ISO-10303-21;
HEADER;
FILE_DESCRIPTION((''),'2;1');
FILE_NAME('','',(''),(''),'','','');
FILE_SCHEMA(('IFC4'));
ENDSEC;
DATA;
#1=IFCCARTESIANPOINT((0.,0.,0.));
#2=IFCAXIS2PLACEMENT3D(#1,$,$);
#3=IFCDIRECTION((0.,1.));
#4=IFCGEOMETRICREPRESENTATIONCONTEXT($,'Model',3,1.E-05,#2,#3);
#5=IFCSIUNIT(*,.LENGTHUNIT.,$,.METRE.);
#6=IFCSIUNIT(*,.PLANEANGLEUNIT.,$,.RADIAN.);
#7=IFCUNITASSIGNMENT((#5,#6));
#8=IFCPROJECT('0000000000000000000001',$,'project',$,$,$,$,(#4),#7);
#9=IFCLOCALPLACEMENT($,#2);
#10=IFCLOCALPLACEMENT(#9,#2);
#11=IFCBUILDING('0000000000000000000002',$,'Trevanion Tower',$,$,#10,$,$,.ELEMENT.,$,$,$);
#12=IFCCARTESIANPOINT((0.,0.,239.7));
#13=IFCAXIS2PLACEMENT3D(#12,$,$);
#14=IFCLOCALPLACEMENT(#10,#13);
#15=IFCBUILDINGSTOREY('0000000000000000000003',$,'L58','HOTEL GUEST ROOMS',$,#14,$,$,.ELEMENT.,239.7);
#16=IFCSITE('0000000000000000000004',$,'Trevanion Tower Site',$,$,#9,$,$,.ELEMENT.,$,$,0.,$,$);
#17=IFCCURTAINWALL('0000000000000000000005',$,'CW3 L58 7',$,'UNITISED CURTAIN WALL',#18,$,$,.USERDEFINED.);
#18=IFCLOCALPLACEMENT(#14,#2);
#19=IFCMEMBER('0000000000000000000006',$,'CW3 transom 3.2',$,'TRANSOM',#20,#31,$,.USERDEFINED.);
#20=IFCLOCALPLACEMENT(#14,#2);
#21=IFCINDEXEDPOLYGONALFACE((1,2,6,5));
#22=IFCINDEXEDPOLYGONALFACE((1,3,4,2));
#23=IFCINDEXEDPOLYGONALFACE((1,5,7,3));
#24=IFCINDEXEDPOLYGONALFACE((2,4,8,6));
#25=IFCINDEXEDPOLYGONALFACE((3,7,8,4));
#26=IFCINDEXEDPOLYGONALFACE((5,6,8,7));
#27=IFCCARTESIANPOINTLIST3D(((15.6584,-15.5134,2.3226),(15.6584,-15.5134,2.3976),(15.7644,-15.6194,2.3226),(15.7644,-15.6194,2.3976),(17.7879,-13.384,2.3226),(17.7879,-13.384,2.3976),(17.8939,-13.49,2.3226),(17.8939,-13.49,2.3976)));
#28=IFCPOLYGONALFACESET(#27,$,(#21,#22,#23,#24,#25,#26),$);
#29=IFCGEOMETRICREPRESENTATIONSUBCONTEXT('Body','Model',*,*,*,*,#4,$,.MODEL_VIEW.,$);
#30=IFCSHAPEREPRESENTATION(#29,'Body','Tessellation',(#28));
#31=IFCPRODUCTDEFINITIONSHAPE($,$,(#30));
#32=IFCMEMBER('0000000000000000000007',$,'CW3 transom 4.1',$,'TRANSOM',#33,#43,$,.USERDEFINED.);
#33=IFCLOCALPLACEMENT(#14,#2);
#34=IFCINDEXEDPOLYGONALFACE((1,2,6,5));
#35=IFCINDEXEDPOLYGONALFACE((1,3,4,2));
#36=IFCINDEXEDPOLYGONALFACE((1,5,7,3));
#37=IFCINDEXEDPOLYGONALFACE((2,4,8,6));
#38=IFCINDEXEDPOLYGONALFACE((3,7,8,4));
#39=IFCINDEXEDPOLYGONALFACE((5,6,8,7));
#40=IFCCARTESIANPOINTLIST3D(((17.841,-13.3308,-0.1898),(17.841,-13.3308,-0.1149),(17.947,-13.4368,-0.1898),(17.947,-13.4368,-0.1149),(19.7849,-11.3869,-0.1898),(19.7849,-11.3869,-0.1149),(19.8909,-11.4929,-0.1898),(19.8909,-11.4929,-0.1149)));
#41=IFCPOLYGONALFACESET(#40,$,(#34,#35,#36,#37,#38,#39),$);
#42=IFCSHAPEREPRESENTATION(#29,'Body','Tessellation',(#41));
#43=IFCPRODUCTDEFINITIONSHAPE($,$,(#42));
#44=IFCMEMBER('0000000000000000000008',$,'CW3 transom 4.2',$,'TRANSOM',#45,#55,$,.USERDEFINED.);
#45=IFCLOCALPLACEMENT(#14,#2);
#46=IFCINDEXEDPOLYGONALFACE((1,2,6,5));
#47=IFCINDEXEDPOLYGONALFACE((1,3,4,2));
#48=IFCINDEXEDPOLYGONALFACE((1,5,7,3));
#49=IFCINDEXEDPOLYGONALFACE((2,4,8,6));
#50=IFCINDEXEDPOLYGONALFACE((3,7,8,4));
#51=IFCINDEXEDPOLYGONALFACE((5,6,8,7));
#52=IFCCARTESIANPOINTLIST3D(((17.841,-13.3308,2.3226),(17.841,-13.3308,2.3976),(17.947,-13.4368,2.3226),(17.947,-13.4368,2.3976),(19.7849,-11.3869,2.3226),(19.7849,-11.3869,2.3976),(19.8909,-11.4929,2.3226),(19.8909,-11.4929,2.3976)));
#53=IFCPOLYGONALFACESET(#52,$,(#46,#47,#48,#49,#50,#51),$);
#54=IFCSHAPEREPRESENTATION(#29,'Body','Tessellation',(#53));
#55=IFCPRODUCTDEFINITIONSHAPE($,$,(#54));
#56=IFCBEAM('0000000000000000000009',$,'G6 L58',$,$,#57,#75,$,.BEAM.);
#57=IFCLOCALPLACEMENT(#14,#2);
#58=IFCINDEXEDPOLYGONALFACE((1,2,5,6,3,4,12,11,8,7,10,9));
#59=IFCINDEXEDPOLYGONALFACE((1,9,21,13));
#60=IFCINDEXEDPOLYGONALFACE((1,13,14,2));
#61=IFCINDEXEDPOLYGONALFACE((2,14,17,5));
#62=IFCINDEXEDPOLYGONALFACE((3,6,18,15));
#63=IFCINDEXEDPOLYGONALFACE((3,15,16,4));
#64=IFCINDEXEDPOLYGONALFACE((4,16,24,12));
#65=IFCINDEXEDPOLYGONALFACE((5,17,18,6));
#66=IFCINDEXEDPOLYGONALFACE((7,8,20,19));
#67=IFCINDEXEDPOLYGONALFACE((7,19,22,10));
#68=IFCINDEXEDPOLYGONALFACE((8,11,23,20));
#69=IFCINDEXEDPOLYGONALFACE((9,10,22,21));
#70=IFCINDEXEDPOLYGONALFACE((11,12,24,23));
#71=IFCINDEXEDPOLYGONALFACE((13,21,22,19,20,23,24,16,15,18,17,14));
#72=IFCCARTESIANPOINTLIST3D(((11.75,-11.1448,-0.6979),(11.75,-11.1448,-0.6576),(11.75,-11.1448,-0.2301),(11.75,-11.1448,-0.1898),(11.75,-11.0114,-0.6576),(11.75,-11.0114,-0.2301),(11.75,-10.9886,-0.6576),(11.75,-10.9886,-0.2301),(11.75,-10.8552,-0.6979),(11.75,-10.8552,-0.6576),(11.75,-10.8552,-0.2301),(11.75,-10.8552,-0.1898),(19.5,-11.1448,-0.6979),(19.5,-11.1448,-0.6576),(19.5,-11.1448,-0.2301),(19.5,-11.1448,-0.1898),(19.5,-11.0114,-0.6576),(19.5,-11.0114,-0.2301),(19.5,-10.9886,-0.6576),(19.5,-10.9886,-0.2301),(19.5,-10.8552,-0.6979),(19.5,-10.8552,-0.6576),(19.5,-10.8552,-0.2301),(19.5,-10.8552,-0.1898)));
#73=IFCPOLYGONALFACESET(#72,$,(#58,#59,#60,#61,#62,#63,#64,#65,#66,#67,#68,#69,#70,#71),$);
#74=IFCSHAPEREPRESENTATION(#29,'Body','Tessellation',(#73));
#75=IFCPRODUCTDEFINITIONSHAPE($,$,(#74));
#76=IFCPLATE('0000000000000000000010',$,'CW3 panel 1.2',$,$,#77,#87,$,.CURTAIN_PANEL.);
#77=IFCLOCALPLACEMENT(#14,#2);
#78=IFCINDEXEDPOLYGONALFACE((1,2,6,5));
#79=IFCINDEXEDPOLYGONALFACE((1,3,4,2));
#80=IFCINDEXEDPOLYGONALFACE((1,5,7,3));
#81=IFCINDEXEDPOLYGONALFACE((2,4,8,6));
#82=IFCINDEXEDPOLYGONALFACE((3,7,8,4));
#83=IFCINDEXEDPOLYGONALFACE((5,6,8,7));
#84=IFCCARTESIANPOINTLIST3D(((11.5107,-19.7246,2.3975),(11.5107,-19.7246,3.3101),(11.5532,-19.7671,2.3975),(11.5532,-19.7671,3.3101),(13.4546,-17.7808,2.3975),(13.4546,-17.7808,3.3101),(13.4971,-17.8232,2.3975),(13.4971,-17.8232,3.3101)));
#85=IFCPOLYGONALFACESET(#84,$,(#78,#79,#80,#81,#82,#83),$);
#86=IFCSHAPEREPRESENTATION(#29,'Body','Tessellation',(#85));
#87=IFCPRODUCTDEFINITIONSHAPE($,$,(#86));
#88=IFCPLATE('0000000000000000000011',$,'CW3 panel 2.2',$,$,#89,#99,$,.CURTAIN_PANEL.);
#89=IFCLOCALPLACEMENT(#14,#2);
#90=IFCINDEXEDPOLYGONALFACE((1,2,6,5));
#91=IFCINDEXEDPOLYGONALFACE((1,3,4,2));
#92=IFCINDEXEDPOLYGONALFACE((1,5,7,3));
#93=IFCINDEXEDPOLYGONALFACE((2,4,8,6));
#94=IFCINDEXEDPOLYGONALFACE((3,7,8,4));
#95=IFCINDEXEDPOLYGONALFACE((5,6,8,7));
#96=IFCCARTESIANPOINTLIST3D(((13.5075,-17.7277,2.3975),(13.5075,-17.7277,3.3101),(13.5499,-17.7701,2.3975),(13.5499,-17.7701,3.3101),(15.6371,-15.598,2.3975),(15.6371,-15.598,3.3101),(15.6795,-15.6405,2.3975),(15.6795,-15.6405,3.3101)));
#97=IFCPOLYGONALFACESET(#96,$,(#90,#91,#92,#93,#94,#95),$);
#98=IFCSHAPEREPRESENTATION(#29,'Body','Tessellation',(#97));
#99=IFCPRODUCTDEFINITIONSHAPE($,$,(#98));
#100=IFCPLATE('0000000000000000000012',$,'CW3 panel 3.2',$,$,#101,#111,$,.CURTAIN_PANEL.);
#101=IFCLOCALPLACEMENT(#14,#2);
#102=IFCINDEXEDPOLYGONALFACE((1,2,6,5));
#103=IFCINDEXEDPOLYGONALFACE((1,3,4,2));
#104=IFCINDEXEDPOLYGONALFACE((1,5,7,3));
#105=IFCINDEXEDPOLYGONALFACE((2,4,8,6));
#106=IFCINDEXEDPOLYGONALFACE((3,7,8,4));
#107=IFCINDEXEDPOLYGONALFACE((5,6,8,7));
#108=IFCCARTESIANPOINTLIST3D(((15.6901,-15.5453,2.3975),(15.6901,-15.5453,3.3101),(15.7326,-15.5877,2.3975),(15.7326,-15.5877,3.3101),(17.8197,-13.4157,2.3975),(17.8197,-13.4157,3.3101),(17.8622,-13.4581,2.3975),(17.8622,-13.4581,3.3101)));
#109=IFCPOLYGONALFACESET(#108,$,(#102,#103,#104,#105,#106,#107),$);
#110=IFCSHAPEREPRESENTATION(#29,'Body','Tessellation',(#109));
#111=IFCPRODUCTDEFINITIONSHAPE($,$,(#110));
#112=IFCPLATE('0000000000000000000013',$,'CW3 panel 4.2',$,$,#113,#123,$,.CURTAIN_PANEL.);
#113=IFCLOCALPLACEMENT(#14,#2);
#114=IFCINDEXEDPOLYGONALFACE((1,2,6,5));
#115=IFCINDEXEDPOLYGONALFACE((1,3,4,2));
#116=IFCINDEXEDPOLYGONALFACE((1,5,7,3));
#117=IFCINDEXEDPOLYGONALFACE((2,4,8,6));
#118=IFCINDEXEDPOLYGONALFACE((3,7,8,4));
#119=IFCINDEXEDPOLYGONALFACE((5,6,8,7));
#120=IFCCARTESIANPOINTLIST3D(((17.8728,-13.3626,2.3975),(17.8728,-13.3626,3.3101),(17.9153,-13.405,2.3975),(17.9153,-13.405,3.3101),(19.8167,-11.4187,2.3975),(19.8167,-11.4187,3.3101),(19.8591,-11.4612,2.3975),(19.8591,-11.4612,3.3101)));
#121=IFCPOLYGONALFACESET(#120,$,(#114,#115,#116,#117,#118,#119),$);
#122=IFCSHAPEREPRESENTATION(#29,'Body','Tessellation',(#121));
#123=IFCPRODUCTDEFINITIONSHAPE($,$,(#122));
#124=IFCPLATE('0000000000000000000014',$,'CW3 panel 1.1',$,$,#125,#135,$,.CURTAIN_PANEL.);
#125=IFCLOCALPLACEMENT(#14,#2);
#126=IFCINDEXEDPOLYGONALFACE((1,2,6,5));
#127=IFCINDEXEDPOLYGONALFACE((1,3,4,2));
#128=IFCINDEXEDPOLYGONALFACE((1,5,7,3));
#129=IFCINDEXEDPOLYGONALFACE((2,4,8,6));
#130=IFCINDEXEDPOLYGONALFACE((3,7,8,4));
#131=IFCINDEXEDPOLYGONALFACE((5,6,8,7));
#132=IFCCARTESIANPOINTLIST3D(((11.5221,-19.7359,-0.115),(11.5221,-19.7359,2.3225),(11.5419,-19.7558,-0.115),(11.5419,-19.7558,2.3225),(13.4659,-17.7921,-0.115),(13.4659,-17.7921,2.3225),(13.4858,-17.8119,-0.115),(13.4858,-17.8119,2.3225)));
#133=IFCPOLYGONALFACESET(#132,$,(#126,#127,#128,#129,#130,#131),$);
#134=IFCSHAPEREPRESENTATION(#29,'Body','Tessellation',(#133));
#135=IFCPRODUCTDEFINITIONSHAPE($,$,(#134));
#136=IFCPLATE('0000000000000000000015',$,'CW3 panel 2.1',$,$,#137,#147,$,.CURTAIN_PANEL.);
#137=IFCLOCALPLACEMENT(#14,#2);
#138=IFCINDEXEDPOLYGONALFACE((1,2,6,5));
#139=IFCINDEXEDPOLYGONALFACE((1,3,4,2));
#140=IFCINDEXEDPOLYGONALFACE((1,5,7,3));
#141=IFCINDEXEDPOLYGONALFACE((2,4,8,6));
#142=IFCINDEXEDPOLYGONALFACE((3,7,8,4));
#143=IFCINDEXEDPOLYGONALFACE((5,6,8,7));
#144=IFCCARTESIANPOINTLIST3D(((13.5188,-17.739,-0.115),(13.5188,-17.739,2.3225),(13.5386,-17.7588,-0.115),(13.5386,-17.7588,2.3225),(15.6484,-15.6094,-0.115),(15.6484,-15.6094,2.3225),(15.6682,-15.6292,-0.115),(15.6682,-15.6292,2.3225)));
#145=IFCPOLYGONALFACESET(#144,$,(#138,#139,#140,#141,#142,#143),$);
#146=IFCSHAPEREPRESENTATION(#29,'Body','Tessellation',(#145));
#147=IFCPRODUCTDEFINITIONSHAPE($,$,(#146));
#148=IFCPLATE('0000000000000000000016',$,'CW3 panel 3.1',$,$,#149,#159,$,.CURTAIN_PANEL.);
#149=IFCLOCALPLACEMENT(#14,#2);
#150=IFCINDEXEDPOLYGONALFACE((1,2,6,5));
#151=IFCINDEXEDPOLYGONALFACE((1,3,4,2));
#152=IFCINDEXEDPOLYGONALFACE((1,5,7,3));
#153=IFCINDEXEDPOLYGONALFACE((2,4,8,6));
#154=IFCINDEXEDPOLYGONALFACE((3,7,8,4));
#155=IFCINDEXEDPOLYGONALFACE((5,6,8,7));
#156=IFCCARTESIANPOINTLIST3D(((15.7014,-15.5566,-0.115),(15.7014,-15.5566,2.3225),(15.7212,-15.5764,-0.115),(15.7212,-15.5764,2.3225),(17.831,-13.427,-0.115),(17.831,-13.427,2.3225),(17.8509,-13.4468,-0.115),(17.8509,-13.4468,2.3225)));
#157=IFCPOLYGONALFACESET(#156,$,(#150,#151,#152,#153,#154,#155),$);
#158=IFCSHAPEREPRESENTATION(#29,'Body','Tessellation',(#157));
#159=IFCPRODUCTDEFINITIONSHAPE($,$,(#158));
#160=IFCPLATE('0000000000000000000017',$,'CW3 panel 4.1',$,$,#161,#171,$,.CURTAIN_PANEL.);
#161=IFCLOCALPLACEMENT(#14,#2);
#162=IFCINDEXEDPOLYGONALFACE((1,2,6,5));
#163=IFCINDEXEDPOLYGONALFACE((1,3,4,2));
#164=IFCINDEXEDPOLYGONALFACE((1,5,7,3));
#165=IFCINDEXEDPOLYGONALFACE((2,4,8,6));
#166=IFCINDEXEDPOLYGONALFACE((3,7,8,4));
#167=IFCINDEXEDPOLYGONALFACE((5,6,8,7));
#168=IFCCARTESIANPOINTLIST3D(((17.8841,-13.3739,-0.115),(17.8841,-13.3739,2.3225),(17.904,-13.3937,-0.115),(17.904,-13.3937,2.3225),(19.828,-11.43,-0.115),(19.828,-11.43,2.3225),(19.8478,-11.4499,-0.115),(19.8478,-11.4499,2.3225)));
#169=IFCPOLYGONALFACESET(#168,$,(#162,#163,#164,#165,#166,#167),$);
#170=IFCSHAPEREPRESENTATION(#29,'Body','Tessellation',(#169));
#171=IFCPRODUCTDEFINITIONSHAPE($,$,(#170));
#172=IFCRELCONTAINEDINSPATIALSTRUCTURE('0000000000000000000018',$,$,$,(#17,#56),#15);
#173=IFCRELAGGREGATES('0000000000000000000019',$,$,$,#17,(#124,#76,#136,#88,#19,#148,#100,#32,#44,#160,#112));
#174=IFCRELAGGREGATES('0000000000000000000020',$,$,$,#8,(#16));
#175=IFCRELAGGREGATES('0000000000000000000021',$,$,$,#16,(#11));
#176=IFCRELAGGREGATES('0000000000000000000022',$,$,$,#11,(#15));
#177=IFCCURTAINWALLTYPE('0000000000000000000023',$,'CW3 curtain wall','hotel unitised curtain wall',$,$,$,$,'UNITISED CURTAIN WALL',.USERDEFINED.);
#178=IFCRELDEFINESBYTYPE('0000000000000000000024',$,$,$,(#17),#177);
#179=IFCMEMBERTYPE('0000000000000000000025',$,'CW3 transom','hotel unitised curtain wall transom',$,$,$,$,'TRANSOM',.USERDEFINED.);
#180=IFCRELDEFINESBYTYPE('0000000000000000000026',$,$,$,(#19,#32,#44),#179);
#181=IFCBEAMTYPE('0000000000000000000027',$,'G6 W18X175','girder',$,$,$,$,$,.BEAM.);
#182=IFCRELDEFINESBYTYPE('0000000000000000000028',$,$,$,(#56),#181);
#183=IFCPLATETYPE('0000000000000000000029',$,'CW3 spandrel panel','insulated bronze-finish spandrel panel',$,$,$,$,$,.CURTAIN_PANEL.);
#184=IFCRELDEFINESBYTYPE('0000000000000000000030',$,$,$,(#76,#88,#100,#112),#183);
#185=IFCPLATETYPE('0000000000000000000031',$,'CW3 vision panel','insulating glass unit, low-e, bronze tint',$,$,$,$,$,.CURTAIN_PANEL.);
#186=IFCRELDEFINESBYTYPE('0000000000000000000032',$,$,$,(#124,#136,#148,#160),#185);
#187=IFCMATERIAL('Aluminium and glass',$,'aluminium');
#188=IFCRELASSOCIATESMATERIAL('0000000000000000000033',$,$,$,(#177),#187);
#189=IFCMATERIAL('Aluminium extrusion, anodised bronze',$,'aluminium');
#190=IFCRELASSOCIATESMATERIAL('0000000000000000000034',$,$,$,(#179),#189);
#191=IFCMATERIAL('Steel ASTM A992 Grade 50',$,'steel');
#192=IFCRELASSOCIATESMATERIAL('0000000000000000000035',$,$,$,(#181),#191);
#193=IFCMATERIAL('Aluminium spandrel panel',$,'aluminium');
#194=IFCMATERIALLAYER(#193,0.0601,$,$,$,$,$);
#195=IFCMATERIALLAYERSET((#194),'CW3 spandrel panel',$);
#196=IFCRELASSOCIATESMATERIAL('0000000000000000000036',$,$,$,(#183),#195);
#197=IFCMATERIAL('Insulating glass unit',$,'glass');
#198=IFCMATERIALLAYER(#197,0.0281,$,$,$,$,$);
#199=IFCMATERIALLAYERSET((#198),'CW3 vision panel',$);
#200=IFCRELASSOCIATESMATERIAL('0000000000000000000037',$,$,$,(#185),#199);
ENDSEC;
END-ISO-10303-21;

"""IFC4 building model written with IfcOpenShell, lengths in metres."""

from ifc_helpers import new_model, si_unit, direction, frame, origin, origin_2d, place, context, subcontext, project, spatial, rectangle, i_section, extrude, material, layer, layer_set, material_profile, profile_set, type_object, element, aggregate, save


model = new_model("IFC4")

# Units and contexts
model_context = context("Model", 3, precision=1e-05, world=origin(), true_north=direction((0.0, 1.0)))
body_context = subcontext(model_context, "Body", "Model", "MODEL_VIEW")
ifc_project = project(units=[si_unit("LENGTHUNIT", "METRE"), si_unit("PLANEANGLEUNIT", "RADIAN")], contexts=[model_context])

# Site, building, storey
site_placement = place(None, origin())
site = spatial("IfcSite", under=ifc_project, at=site_placement, Name="Trevanion Tower Site", CompositionType="ELEMENT", RefElevation=0.0)
building_placement = place(site_placement, origin())
building = spatial("IfcBuilding", under=site, at=building_placement, Name="Trevanion Tower", CompositionType="ELEMENT")
storey_placement = place(building_placement, frame((0.0, 0.0, 239.7)))
storey = spatial("IfcBuildingStorey", under=building, at=storey_placement, Name="L58", Description="HOTEL GUEST ROOMS", CompositionType="ELEMENT", Elevation=239.7)

# Curtain wall
ifc_material_1 = material(Name="Aluminium and glass", Category="aluminium")
curtain_wall_type = type_object("IfcCurtainWallType", Name="CW3 curtain wall", Description="hotel unitised curtain wall", ElementType="UNITISED CURTAIN WALL", PredefinedType="USERDEFINED", material=ifc_material_1)
curtain_wall_1_placement = place(storey_placement, origin())
curtain_wall_1 = element("IfcCurtainWall", 1, at=curtain_wall_1_placement, inside=storey, type_object=curtain_wall_type, Name="CW3 L58 7", ObjectType="UNITISED CURTAIN WALL", PredefinedType="USERDEFINED")

# Members
ifc_material_2 = material(Name="Aluminium extrusion, anodised bronze", Category="aluminium")
ifc_material_profile_1 = material_profile(ifc_material_2, rectangle(XDim=0.1499, YDim=0.075, at=origin_2d()), Name="CW3 transom")
ifc_profile_set_1 = profile_set([ifc_material_profile_1], Name="Aluminium extrusion, anodised bronze")
member_type_1 = type_object("IfcMemberType", Name="CW3 transom", Description="hotel unitised curtain wall transom", ElementType="TRANSOM", PredefinedType="USERDEFINED", material=ifc_profile_set_1)
member_1_placement = place(storey_placement, frame((15.7114, -15.5664, 2.3601), z_axis=(0.707107, 0.707107, 0.0), x_axis=(-0.707107, 0.707107, 0.0)))
member_1 = element("IfcMember", 2, at=member_1_placement, type_object=member_type_1, Name="CW3 transom 3.2", ObjectType="TRANSOM", PredefinedType="USERDEFINED", context=body_context, shape_type="SweptSolid", body=[
    extrude(rectangle(XDim=0.1499, YDim=0.075, at=origin_2d()), origin(), (0.0, 0.0, 1.0), 3.0115),
])
member_2_placement = place(storey_placement, frame((17.894, -13.3838, -0.1523), z_axis=(0.707107, 0.707107, 0.0), x_axis=(-0.707107, 0.707107, 0.0)))
member_2 = element("IfcMember", 3, at=member_2_placement, type_object=member_type_1, Name="CW3 transom 4.1", ObjectType="TRANSOM", PredefinedType="USERDEFINED", context=body_context, shape_type="SweptSolid", body=[
    extrude(rectangle(XDim=0.1499, YDim=0.075, at=origin_2d()), origin(), (0.0, 0.0, 1.0), 2.749),
])
member_3_placement = place(storey_placement, frame((17.894, -13.3838, 2.3601), z_axis=(0.707107, 0.707107, 0.0), x_axis=(-0.707107, 0.707107, 0.0)))
member_3 = element("IfcMember", 4, at=member_3_placement, type_object=member_type_1, Name="CW3 transom 4.2", ObjectType="TRANSOM", PredefinedType="USERDEFINED", context=body_context, shape_type="SweptSolid", body=[
    extrude(rectangle(XDim=0.1499, YDim=0.075, at=origin_2d()), origin(), (0.0, 0.0, 1.0), 2.749),
])

# Beam
ifc_material_3 = material(Name="Steel ASTM A992 Grade 50", Category="steel")
ifc_material_profile_2 = material_profile(ifc_material_3, i_section(OverallWidth=0.2896, OverallDepth=0.5081, WebThickness=0.0227, FlangeThickness=0.0403, at=origin_2d()), Name="W18X175")
ifc_profile_set_2 = profile_set([ifc_material_profile_2], Name="Steel ASTM A992 Grade 50")
beam_type_1 = type_object("IfcBeamType", Name="G6 W18X175", Description="girder", PredefinedType="BEAM", material=ifc_profile_set_2)
beam_1_placement = place(storey_placement, frame((11.75, -11.0, -0.4438), z_axis=(1.0, 0.0, 0.0), x_axis=(0.0, 1.0, 0.0)))
element("IfcBeam", 5, at=beam_1_placement, inside=storey, type_object=beam_type_1, Name="G6 L58", PredefinedType="BEAM", context=body_context, shape_type="SweptSolid", body=[
    extrude(i_section(OverallWidth=0.2896, OverallDepth=0.5081, WebThickness=0.0227, FlangeThickness=0.0403, at=origin_2d()), origin(), (0.0, 0.0, 1.0), 7.75),
])

# Plates
ifc_material_4 = material(Name="Aluminium spandrel panel", Category="aluminium")
ifc_layer_1 = layer(ifc_material_4, 0.0601)
ifc_layer_set_1 = layer_set([ifc_layer_1], Name="CW3 spandrel panel")
plate_type_1 = type_object("IfcPlateType", Name="CW3 spandrel panel", Description="insulated bronze-finish spandrel panel", PredefinedType="CURTAIN_PANEL", material=ifc_layer_set_1)
plate_1_placement = place(storey_placement, frame((12.5039, -18.7739, 2.3975), z_axis=(0.0, 0.0, 1.0), x_axis=(0.707107, 0.707107, 0.0)))
plate_1 = element("IfcPlate", 6, at=plate_1_placement, type_object=plate_type_1, Name="CW3 panel 1.2", PredefinedType="CURTAIN_PANEL", context=body_context, shape_type="SweptSolid", body=[
    extrude(rectangle(XDim=2.749, YDim=0.0601, at=origin_2d()), origin(), (0.0, 0.0, 1.0), 0.9126),
])
plate_2_placement = place(storey_placement, frame((14.5935, -16.6841, 2.3975), z_axis=(0.0, 0.0, 1.0), x_axis=(0.707107, 0.707107, 0.0)))
plate_2 = element("IfcPlate", 7, at=plate_2_placement, type_object=plate_type_1, Name="CW3 panel 2.2", PredefinedType="CURTAIN_PANEL", context=body_context, shape_type="SweptSolid", body=[
    extrude(rectangle(XDim=3.0117, YDim=0.0601, at=origin_2d()), origin(), (0.0, 0.0, 1.0), 0.9126),
])
plate_3_placement = place(storey_placement, frame((16.7761, -14.5017, 2.3975), z_axis=(0.0, 0.0, 1.0), x_axis=(0.707107, 0.707107, 0.0)))
plate_3 = element("IfcPlate", 8, at=plate_3_placement, type_object=plate_type_1, Name="CW3 panel 3.2", PredefinedType="CURTAIN_PANEL", context=body_context, shape_type="SweptSolid", body=[
    extrude(rectangle(XDim=3.0117, YDim=0.0601, at=origin_2d()), origin(), (0.0, 0.0, 1.0), 0.9126),
])
plate_4_placement = place(storey_placement, frame((18.866, -12.4119, 2.3975), z_axis=(0.0, 0.0, 1.0), x_axis=(0.707107, 0.707107, 0.0)))
plate_4 = element("IfcPlate", 9, at=plate_4_placement, type_object=plate_type_1, Name="CW3 panel 4.2", PredefinedType="CURTAIN_PANEL", context=body_context, shape_type="SweptSolid", body=[
    extrude(rectangle(XDim=2.749, YDim=0.0601, at=origin_2d()), origin(), (0.0, 0.0, 1.0), 0.9126),
])
ifc_material_5 = material(Name="Insulating glass unit", Category="glass")
ifc_layer_2 = layer(ifc_material_5, 0.0281)
ifc_layer_set_2 = layer_set([ifc_layer_2], Name="CW3 vision panel")
plate_type_2 = type_object("IfcPlateType", Name="CW3 vision panel", Description="insulating glass unit, low-e, bronze tint", PredefinedType="CURTAIN_PANEL", material=ifc_layer_set_2)
plate_5_placement = place(storey_placement, frame((12.5039, -18.7739, -0.115), z_axis=(0.0, 0.0, 1.0), x_axis=(0.707107, 0.707107, 0.0)))
plate_5 = element("IfcPlate", 10, at=plate_5_placement, type_object=plate_type_2, Name="CW3 panel 1.1", PredefinedType="CURTAIN_PANEL", context=body_context, shape_type="SweptSolid", body=[
    extrude(rectangle(XDim=2.749, YDim=0.0281, at=origin_2d()), origin(), (0.0, 0.0, 1.0), 2.4375),
])
plate_6_placement = place(storey_placement, frame((14.5935, -16.6841, -0.115), z_axis=(0.0, 0.0, 1.0), x_axis=(0.707107, 0.707107, 0.0)))
plate_6 = element("IfcPlate", 11, at=plate_6_placement, type_object=plate_type_2, Name="CW3 panel 2.1", PredefinedType="CURTAIN_PANEL", context=body_context, shape_type="SweptSolid", body=[
    extrude(rectangle(XDim=3.0117, YDim=0.0281, at=origin_2d()), origin(), (0.0, 0.0, 1.0), 2.4375),
])
plate_7_placement = place(storey_placement, frame((16.7761, -14.5017, -0.115), z_axis=(0.0, 0.0, 1.0), x_axis=(0.707107, 0.707107, 0.0)))
plate_7 = element("IfcPlate", 12, at=plate_7_placement, type_object=plate_type_2, Name="CW3 panel 3.1", PredefinedType="CURTAIN_PANEL", context=body_context, shape_type="SweptSolid", body=[
    extrude(rectangle(XDim=3.0117, YDim=0.0281, at=origin_2d()), origin(), (0.0, 0.0, 1.0), 2.4375),
])
plate_8_placement = place(storey_placement, frame((18.866, -12.4119, -0.115), z_axis=(0.0, 0.0, 1.0), x_axis=(0.707107, 0.707107, 0.0)))
plate_8 = element("IfcPlate", 13, at=plate_8_placement, type_object=plate_type_2, Name="CW3 panel 4.1", PredefinedType="CURTAIN_PANEL", context=body_context, shape_type="SweptSolid", body=[
    extrude(rectangle(XDim=2.749, YDim=0.0281, at=origin_2d()), origin(), (0.0, 0.0, 1.0), 2.4375),
])
aggregate(curtain_wall_1, [plate_5, plate_1, plate_6, plate_2, member_1, plate_7, plate_3, member_2, member_3, plate_8, plate_4])

save(model, "model.ifc")
